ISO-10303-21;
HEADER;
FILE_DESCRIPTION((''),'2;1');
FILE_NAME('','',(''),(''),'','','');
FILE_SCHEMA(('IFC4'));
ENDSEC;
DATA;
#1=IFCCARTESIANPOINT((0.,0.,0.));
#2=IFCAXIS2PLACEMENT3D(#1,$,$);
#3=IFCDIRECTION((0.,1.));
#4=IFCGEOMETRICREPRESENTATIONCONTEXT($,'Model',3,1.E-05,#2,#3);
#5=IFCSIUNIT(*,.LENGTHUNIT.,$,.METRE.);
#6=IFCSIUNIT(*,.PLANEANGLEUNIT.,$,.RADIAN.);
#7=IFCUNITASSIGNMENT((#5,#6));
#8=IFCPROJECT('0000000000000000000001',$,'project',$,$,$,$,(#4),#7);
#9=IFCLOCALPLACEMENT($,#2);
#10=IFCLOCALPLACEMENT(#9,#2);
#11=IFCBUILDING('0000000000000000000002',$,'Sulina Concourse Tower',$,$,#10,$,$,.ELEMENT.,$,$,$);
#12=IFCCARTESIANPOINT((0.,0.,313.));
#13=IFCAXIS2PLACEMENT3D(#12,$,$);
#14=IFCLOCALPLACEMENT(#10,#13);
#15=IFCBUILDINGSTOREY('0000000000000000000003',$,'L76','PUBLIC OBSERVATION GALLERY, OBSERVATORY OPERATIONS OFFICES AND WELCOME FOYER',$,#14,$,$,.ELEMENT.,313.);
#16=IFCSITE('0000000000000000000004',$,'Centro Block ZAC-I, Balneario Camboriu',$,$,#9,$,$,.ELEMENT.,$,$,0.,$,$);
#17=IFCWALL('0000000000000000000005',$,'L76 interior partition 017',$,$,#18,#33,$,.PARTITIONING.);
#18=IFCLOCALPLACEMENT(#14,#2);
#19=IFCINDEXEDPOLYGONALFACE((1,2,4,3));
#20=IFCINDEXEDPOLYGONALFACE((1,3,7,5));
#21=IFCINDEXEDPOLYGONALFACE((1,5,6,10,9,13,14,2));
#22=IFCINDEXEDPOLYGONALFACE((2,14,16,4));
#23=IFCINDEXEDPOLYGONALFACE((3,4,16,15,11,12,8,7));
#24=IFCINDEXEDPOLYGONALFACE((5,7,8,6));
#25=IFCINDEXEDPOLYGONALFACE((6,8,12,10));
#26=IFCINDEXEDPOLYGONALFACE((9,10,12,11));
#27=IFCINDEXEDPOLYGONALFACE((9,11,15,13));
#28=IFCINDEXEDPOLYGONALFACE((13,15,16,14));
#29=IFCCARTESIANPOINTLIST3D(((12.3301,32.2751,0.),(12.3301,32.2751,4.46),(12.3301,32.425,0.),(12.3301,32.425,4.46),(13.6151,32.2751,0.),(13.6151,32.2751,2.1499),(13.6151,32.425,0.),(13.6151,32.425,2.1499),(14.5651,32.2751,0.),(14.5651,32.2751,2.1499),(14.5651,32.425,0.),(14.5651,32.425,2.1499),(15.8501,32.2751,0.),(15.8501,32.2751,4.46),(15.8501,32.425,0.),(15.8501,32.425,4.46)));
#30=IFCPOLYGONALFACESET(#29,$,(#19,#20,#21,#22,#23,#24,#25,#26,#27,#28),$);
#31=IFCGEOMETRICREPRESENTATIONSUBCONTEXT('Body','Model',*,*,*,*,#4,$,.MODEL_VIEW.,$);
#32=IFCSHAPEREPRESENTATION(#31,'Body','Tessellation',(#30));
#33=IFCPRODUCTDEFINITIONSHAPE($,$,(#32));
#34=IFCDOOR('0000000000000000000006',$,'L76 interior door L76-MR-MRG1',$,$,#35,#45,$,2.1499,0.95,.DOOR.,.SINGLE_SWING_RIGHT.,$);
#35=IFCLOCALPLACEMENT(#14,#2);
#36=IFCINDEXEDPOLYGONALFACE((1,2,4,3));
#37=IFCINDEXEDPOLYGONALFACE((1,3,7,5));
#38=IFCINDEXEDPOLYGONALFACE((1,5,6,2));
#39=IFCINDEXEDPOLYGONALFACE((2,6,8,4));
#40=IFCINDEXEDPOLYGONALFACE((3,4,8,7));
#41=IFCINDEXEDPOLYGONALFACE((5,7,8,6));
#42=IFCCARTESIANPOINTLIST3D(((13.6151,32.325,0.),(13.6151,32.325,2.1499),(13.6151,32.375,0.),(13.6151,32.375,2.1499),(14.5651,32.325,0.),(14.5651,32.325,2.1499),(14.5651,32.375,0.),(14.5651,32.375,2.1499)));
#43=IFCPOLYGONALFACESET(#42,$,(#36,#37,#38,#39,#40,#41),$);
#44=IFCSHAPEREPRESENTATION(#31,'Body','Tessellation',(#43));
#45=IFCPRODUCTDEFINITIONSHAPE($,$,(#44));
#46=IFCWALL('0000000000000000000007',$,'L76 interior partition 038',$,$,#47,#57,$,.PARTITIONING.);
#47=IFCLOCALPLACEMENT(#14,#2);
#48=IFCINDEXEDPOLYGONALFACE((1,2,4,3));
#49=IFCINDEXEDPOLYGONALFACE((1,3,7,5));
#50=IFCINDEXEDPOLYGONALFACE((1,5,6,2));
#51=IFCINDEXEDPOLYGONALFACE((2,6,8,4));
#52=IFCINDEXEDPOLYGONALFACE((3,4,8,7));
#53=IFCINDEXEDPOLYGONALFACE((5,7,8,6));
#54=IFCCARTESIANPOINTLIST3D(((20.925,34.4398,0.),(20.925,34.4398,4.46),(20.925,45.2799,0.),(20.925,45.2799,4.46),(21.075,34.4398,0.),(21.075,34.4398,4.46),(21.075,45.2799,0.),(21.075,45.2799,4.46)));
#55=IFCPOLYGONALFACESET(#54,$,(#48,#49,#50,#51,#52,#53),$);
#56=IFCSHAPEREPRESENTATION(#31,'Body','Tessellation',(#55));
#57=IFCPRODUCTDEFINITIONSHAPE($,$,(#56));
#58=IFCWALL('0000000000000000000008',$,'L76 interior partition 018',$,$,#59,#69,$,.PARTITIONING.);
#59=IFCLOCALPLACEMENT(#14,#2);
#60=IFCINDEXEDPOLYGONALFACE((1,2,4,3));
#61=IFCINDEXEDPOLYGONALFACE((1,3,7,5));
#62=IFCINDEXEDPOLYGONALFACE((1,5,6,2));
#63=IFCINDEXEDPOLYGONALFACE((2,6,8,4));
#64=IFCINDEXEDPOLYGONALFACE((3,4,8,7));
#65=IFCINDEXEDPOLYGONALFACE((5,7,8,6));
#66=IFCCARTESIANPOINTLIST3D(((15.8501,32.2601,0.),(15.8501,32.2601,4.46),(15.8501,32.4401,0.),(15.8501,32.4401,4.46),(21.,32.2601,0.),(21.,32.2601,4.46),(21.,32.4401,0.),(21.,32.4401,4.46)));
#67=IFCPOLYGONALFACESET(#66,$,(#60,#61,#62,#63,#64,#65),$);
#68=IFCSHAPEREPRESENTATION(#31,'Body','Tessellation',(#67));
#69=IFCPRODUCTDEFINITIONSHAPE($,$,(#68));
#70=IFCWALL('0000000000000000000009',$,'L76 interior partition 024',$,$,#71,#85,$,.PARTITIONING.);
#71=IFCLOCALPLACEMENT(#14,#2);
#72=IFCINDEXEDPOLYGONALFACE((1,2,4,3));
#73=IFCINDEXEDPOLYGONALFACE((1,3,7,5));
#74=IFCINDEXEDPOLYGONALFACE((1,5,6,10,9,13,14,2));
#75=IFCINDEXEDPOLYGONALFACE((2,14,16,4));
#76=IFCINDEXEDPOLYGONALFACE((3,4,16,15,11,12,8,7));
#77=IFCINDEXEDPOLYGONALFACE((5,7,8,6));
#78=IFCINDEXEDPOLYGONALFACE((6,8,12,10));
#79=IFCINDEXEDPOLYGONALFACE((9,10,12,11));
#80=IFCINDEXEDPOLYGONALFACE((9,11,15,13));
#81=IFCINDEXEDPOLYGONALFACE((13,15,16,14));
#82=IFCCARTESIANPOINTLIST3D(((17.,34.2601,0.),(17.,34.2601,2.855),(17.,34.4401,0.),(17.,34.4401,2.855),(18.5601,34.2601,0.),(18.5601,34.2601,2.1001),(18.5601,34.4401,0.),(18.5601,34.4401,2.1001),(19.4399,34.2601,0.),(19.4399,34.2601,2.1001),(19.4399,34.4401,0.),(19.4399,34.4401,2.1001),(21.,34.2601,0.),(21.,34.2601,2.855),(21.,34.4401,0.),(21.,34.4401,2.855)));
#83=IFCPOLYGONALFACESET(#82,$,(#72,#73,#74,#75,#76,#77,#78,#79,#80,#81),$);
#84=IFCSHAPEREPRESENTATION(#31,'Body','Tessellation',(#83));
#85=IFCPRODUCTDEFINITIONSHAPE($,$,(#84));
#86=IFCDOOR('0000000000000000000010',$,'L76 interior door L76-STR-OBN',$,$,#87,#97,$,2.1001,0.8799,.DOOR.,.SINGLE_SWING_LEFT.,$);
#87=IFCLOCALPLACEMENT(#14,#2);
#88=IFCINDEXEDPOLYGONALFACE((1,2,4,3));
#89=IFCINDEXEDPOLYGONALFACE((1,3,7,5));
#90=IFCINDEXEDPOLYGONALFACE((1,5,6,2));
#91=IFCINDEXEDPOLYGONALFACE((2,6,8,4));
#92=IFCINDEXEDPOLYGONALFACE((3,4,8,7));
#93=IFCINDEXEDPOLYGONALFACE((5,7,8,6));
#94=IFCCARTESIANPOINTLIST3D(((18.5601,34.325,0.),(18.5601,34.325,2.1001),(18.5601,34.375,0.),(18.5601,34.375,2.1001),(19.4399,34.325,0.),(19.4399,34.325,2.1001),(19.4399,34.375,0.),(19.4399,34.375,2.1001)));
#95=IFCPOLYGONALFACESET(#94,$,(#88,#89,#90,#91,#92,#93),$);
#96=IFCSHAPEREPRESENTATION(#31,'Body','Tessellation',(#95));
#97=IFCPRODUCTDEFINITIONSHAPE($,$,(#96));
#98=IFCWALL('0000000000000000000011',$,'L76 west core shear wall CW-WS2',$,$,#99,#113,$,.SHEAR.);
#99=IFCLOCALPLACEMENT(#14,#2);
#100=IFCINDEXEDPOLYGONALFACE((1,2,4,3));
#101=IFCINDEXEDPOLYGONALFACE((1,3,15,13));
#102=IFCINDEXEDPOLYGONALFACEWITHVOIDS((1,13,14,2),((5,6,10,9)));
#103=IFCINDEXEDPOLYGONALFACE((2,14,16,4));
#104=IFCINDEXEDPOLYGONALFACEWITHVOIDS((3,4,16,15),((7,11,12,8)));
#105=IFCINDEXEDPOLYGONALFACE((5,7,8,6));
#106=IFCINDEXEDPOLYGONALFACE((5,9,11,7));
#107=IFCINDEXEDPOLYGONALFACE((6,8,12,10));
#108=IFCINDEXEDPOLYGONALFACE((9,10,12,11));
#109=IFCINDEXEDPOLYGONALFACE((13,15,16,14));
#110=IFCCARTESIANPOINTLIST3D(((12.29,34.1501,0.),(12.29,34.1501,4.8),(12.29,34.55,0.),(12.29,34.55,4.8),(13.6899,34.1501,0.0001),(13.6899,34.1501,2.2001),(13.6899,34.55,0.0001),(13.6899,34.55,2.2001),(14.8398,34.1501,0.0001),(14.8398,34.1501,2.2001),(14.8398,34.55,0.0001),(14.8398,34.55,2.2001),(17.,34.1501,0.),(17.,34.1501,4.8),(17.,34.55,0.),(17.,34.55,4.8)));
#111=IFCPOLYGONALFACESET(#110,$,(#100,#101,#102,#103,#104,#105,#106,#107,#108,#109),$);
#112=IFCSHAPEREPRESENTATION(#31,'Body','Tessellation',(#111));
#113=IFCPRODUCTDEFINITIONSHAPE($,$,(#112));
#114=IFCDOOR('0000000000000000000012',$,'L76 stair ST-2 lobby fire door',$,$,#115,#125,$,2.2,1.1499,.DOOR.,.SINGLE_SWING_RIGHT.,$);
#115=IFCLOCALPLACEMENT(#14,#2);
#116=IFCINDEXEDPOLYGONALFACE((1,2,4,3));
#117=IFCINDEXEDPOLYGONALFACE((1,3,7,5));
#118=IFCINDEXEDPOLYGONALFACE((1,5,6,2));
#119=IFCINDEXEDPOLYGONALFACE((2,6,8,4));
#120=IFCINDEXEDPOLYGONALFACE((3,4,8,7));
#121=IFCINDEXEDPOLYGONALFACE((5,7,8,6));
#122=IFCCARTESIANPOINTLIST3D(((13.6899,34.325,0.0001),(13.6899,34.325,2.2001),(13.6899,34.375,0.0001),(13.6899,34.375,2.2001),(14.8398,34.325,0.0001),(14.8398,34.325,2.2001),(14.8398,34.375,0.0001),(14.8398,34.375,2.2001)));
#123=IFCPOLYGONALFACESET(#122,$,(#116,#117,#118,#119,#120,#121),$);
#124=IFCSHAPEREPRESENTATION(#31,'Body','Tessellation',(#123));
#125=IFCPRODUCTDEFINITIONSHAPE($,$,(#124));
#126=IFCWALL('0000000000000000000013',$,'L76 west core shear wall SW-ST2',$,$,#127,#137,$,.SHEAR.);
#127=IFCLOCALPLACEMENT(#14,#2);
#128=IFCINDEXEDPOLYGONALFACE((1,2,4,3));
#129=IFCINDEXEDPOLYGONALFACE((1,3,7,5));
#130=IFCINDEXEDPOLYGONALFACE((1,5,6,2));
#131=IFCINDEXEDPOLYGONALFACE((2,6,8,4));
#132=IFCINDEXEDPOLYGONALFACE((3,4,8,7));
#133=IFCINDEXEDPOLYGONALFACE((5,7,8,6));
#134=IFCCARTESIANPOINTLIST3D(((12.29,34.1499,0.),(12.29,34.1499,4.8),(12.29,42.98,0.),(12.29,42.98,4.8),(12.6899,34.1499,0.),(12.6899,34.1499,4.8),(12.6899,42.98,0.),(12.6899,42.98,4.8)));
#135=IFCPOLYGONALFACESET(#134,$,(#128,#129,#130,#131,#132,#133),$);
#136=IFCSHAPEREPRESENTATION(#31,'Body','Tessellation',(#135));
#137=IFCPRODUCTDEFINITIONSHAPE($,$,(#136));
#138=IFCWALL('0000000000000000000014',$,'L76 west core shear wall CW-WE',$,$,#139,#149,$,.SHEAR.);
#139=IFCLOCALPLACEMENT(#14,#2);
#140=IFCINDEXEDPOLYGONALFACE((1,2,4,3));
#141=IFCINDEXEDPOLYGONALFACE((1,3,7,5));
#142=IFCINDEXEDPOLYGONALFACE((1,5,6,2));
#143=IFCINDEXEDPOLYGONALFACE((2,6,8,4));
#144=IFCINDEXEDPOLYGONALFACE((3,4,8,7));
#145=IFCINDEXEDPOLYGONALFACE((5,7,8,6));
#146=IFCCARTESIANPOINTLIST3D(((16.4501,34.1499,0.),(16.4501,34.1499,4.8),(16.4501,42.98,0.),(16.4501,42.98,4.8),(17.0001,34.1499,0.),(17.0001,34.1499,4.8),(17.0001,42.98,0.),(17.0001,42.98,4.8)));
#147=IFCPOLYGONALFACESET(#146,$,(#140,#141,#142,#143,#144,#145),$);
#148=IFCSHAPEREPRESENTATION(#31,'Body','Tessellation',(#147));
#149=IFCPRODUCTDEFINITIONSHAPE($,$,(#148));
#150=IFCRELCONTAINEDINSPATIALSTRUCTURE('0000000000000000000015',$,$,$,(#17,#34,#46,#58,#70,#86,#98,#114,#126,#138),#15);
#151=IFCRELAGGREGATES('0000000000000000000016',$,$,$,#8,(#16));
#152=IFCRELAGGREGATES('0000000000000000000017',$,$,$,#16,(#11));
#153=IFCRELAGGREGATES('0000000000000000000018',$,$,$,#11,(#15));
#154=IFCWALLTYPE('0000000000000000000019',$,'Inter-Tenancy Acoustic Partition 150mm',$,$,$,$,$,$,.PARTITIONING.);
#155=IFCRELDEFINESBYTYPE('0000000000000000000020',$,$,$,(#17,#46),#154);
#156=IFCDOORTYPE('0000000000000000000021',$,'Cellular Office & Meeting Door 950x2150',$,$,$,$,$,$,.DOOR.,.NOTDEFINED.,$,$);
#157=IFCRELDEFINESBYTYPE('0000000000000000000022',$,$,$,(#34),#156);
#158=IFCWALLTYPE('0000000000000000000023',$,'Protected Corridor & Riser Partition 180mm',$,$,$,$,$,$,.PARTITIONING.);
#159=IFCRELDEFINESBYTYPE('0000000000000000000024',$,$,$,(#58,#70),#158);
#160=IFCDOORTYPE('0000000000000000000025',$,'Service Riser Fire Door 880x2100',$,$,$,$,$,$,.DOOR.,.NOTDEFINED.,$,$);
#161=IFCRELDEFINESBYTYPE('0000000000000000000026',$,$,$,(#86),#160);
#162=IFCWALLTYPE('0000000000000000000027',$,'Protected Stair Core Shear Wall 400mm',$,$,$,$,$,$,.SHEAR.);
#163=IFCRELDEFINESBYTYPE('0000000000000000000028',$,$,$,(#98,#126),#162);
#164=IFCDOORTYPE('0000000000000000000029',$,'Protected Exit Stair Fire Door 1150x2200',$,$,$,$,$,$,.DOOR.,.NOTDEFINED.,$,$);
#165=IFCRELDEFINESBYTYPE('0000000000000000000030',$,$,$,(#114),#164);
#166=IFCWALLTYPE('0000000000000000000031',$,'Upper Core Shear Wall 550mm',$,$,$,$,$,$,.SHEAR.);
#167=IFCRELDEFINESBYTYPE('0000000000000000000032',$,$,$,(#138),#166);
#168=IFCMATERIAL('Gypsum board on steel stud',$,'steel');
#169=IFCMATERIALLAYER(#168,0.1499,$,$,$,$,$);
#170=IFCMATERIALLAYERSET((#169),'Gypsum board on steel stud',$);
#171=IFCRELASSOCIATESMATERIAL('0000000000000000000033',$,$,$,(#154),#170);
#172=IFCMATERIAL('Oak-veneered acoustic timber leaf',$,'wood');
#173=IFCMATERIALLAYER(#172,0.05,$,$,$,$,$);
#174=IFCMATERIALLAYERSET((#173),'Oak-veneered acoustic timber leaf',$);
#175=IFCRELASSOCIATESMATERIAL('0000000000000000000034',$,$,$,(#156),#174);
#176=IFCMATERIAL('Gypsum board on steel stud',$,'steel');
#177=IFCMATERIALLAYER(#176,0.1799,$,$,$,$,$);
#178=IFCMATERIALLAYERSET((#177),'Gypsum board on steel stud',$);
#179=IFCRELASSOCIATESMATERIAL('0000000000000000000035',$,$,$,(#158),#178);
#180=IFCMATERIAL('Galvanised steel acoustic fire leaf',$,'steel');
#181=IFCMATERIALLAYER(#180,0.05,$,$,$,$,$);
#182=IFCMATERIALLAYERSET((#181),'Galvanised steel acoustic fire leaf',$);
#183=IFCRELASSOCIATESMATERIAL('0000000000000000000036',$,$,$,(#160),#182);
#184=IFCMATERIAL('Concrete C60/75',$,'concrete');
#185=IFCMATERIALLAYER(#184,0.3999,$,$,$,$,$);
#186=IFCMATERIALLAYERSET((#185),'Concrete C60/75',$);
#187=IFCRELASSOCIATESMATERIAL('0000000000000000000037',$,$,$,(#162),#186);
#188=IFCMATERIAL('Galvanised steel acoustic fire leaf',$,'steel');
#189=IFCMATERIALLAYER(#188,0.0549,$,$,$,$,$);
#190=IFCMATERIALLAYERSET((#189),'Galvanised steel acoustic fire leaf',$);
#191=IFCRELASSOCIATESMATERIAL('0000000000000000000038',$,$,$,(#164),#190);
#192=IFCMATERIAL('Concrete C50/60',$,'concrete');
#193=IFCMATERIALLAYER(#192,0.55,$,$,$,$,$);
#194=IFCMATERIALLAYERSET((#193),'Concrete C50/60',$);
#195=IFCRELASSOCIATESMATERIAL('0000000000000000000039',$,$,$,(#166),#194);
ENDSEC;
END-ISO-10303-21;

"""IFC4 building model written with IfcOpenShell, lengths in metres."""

from ifc_helpers import new_model, si_unit, direction, frame, frame_2d, origin, place, context, subcontext, project, spatial, rectangle, extrude, material, layer, layer_set, type_object, element, fill, save


model = new_model("IFC4")

# Units and contexts
model_context = context("Model", 3, precision=1e-05, world=origin(), true_north=direction((0.0, 1.0)))
body_context = subcontext(model_context, "Body", "Model", "MODEL_VIEW")
ifc_project = project(units=[si_unit("LENGTHUNIT", "METRE"), si_unit("PLANEANGLEUNIT", "RADIAN")], contexts=[model_context])

# Site, building, storey
site_placement = place(None, origin())
site = spatial("IfcSite", under=ifc_project, at=site_placement, Name="Centro Block ZAC-I, Balneario Camboriu", CompositionType="ELEMENT", RefElevation=0.0)
building_placement = place(site_placement, origin())
building = spatial("IfcBuilding", under=site, at=building_placement, Name="Sulina Concourse Tower", CompositionType="ELEMENT")
storey_placement = place(building_placement, frame((0.0, 0.0, 313.0)))
storey = spatial("IfcBuildingStorey", under=building, at=storey_placement, Name="L76", Description="PUBLIC OBSERVATION GALLERY, OBSERVATORY OPERATIONS OFFICES AND WELCOME FOYER", CompositionType="ELEMENT", Elevation=313.0)

# Wall, opening, door
ifc_material_1 = material(Name="Gypsum board on steel stud", Category="steel")
ifc_layer_1 = layer(ifc_material_1, 0.1499)
ifc_layer_set_1 = layer_set([ifc_layer_1], Name="Gypsum board on steel stud")
wall_type_1 = type_object("IfcWallType", Name="Inter-Tenancy Acoustic Partition 150mm", PredefinedType="PARTITIONING", material=ifc_layer_set_1)
wall_1_placement = place(storey_placement, frame((12.3301, 32.3501, 0.0), z_axis=(0.0, 0.0, 1.0), x_axis=(1.0, 0.0, 0.0)))
wall_1 = element("IfcWall", 1, at=wall_1_placement, inside=storey, type_object=wall_type_1, Name="L76 interior partition 017", PredefinedType="PARTITIONING", context=body_context, shape_type="SweptSolid", body=[
    extrude(rectangle(XDim=3.52, YDim=0.1499, at=frame_2d((1.76, 0.0))), origin(), (0.0, 0.0, 1.0), 4.46),
])
opening_1_placement = place(wall_1_placement, frame((1.2849, 0.0, 0.0)))
opening_1 = element("IfcOpeningElement", 2, at=opening_1_placement, cuts=wall_1, PredefinedType="OPENING", context=body_context, shape_type="SweptSolid", body=[
    extrude(rectangle(XDim=0.95, YDim=2.1499, at=frame_2d((0.4751, 1.075))), frame((0.0, 0.085, 0.0), z_axis=(0.0, -1.0, 0.0), x_axis=(1.0, 0.0, 0.0)), (0.0, 0.0, 1.0), 0.1699),
])
ifc_material_2 = material(Name="Oak-veneered acoustic timber leaf", Category="wood")
ifc_layer_2 = layer(ifc_material_2, 0.05)
ifc_layer_set_2 = layer_set([ifc_layer_2], Name="Oak-veneered acoustic timber leaf")
door_type_1 = type_object("IfcDoorType", Name="Cellular Office & Meeting Door 950x2150", OperationType="NOTDEFINED", PredefinedType="DOOR", material=ifc_layer_set_2)
door_1_placement = place(opening_1_placement, origin())
door_1 = element("IfcDoor", 3, at=door_1_placement, inside=storey, type_object=door_type_1, Name="L76 interior door L76-MR-MRG1", OperationType="SINGLE_SWING_RIGHT", OverallHeight=2.1499, OverallWidth=0.95, PredefinedType="DOOR", context=body_context, shape_type="SweptSolid", body=[
    extrude(rectangle(XDim=0.95, YDim=2.1499, at=frame_2d((0.4751, 1.075))), frame((0.0, 0.0249, 0.0), z_axis=(0.0, -1.0, 0.0), x_axis=(1.0, 0.0, 0.0)), (0.0, 0.0, 1.0), 0.05),
])
fill(opening_1, door_1)

# Walls
wall_2_placement = place(storey_placement, frame((21.0, 34.4399, 0.0), z_axis=(0.0, 0.0, 1.0), x_axis=(0.0, 1.0, 0.0)))
element("IfcWall", 4, at=wall_2_placement, inside=storey, type_object=wall_type_1, Name="L76 interior partition 038", PredefinedType="PARTITIONING", context=body_context, shape_type="SweptSolid", body=[
    extrude(rectangle(XDim=10.8401, YDim=0.1499, at=frame_2d((5.4199, 0.0))), origin(), (0.0, 0.0, 1.0), 4.46),
])
ifc_material_3 = material(Name="Gypsum board on steel stud", Category="steel")
ifc_layer_3 = layer(ifc_material_3, 0.1799)
ifc_layer_set_3 = layer_set([ifc_layer_3], Name="Gypsum board on steel stud")
wall_type_2 = type_object("IfcWallType", Name="Protected Corridor & Riser Partition 180mm", PredefinedType="PARTITIONING", material=ifc_layer_set_3)
wall_3_placement = place(storey_placement, frame((15.8501, 32.3501, 0.0), z_axis=(0.0, 0.0, 1.0), x_axis=(1.0, 0.0, 0.0)))
element("IfcWall", 5, at=wall_3_placement, inside=storey, type_object=wall_type_2, Name="L76 interior partition 018", PredefinedType="PARTITIONING", context=body_context, shape_type="SweptSolid", body=[
    extrude(rectangle(XDim=5.1499, YDim=0.1799, at=frame_2d((2.575, 0.0))), origin(), (0.0, 0.0, 1.0), 4.46),
])

# Walls, openings, doors
wall_4_placement = place(storey_placement, frame((17.0, 34.3501, 0.0), z_axis=(0.0, 0.0, 1.0), x_axis=(1.0, 0.0, 0.0)))
wall_4 = element("IfcWall", 6, at=wall_4_placement, inside=storey, type_object=wall_type_2, Name="L76 interior partition 024", PredefinedType="PARTITIONING", context=body_context, shape_type="SweptSolid", body=[
    extrude(rectangle(XDim=4.0, YDim=0.1799, at=frame_2d((2.0, 0.0))), origin(), (0.0, 0.0, 1.0), 2.855),
])
opening_2_placement = place(wall_4_placement, frame((1.5601, 0.0, 0.0)))
opening_2 = element("IfcOpeningElement", 7, at=opening_2_placement, cuts=wall_4, PredefinedType="OPENING", context=body_context, shape_type="SweptSolid", body=[
    extrude(rectangle(XDim=0.8799, YDim=2.1001, at=frame_2d((0.4399, 1.05))), frame((0.0, 0.0999, 0.0), z_axis=(0.0, -1.0, 0.0), x_axis=(1.0, 0.0, 0.0)), (0.0, 0.0, 1.0), 0.2),
])
ifc_material_4 = material(Name="Galvanised steel acoustic fire leaf", Category="steel")
ifc_layer_4 = layer(ifc_material_4, 0.05)
ifc_layer_set_4 = layer_set([ifc_layer_4], Name="Galvanised steel acoustic fire leaf")
door_type_2 = type_object("IfcDoorType", Name="Service Riser Fire Door 880x2100", OperationType="NOTDEFINED", PredefinedType="DOOR", material=ifc_layer_set_4)
door_2_placement = place(opening_2_placement, origin())
door_2 = element("IfcDoor", 8, at=door_2_placement, inside=storey, type_object=door_type_2, Name="L76 interior door L76-STR-OBN", OperationType="SINGLE_SWING_LEFT", OverallHeight=2.1001, OverallWidth=0.8799, PredefinedType="DOOR", context=body_context, shape_type="SweptSolid", body=[
    extrude(rectangle(XDim=0.8799, YDim=2.1001, at=frame_2d((0.4399, 1.05))), frame((0.0, 0.0249, 0.0), z_axis=(0.0, -1.0, 0.0), x_axis=(1.0, 0.0, 0.0)), (0.0, 0.0, 1.0), 0.05),
])
fill(opening_2, door_2)
ifc_material_5 = material(Name="Concrete C60/75", Category="concrete")
ifc_layer_5 = layer(ifc_material_5, 0.3999)
ifc_layer_set_5 = layer_set([ifc_layer_5], Name="Concrete C60/75")
wall_type_3 = type_object("IfcWallType", Name="Protected Stair Core Shear Wall 400mm", PredefinedType="SHEAR", material=ifc_layer_set_5)
wall_5_placement = place(storey_placement, frame((12.29, 34.3501, 0.0), z_axis=(0.0, 0.0, 1.0), x_axis=(1.0, 0.0, 0.0)))
wall_5 = element("IfcWall", 9, at=wall_5_placement, inside=storey, type_object=wall_type_3, Name="L76 west core shear wall CW-WS2", PredefinedType="SHEAR", context=body_context, shape_type="SweptSolid", body=[
    extrude(rectangle(XDim=4.71, YDim=0.3999, at=frame_2d((2.355, 0.0))), origin(), (0.0, 0.0, 1.0), 4.8),
])
opening_3_placement = place(wall_5_placement, frame((1.3999, 0.0, 0.0)))
opening_3 = element("IfcOpeningElement", 10, at=opening_3_placement, cuts=wall_5, PredefinedType="OPENING", context=body_context, shape_type="SweptSolid", body=[
    extrude(rectangle(XDim=1.1499, YDim=2.2, at=frame_2d((0.575, 1.1001))), frame((0.0, 0.21, 0.0), z_axis=(0.0, -1.0, 0.0), x_axis=(1.0, 0.0, 0.0)), (0.0, 0.0, 1.0), 0.4199),
])
ifc_material_6 = material(Name="Galvanised steel acoustic fire leaf", Category="steel")
ifc_layer_6 = layer(ifc_material_6, 0.0549)
ifc_layer_set_6 = layer_set([ifc_layer_6], Name="Galvanised steel acoustic fire leaf")
door_type_3 = type_object("IfcDoorType", Name="Protected Exit Stair Fire Door 1150x2200", OperationType="NOTDEFINED", PredefinedType="DOOR", material=ifc_layer_set_6)
door_3_placement = place(opening_3_placement, origin())
door_3 = element("IfcDoor", 11, at=door_3_placement, inside=storey, type_object=door_type_3, Name="L76 stair ST-2 lobby fire door", OperationType="SINGLE_SWING_RIGHT", OverallHeight=2.2, OverallWidth=1.1499, PredefinedType="DOOR", context=body_context, shape_type="SweptSolid", body=[
    extrude(rectangle(XDim=1.1499, YDim=2.2, at=frame_2d((0.575, 1.1001))), frame((0.0, 0.0249, 0.0), z_axis=(0.0, -1.0, 0.0), x_axis=(1.0, 0.0, 0.0)), (0.0, 0.0, 1.0), 0.05),
])
fill(opening_3, door_3)

# Walls
wall_6_placement = place(storey_placement, frame((12.49, 34.1499, 0.0), z_axis=(0.0, 0.0, 1.0), x_axis=(0.0, 1.0, 0.0)))
element("IfcWall", 12, at=wall_6_placement, inside=storey, type_object=wall_type_3, Name="L76 west core shear wall SW-ST2", PredefinedType="SHEAR", context=body_context, shape_type="SweptSolid", body=[
    extrude(rectangle(XDim=8.8301, YDim=0.3999, at=frame_2d((4.415, 0.0))), origin(), (0.0, 0.0, 1.0), 4.8),
])
ifc_material_7 = material(Name="Concrete C50/60", Category="concrete")
ifc_layer_7 = layer(ifc_material_7, 0.55)
ifc_layer_set_7 = layer_set([ifc_layer_7], Name="Concrete C50/60")
wall_type_4 = type_object("IfcWallType", Name="Upper Core Shear Wall 550mm", PredefinedType="SHEAR", material=ifc_layer_set_7)
wall_7_placement = place(storey_placement, frame((16.7251, 34.1499, 0.0), z_axis=(0.0, 0.0, 1.0), x_axis=(0.0, 1.0, 0.0)))
element("IfcWall", 13, at=wall_7_placement, inside=storey, type_object=wall_type_4, Name="L76 west core shear wall CW-WE", PredefinedType="SHEAR", context=body_context, shape_type="SweptSolid", body=[
    extrude(rectangle(XDim=8.8301, YDim=0.55, at=frame_2d((4.415, 0.0))), origin(), (0.0, 0.0, 1.0), 4.8),
])

save(model, "model.ifc")
